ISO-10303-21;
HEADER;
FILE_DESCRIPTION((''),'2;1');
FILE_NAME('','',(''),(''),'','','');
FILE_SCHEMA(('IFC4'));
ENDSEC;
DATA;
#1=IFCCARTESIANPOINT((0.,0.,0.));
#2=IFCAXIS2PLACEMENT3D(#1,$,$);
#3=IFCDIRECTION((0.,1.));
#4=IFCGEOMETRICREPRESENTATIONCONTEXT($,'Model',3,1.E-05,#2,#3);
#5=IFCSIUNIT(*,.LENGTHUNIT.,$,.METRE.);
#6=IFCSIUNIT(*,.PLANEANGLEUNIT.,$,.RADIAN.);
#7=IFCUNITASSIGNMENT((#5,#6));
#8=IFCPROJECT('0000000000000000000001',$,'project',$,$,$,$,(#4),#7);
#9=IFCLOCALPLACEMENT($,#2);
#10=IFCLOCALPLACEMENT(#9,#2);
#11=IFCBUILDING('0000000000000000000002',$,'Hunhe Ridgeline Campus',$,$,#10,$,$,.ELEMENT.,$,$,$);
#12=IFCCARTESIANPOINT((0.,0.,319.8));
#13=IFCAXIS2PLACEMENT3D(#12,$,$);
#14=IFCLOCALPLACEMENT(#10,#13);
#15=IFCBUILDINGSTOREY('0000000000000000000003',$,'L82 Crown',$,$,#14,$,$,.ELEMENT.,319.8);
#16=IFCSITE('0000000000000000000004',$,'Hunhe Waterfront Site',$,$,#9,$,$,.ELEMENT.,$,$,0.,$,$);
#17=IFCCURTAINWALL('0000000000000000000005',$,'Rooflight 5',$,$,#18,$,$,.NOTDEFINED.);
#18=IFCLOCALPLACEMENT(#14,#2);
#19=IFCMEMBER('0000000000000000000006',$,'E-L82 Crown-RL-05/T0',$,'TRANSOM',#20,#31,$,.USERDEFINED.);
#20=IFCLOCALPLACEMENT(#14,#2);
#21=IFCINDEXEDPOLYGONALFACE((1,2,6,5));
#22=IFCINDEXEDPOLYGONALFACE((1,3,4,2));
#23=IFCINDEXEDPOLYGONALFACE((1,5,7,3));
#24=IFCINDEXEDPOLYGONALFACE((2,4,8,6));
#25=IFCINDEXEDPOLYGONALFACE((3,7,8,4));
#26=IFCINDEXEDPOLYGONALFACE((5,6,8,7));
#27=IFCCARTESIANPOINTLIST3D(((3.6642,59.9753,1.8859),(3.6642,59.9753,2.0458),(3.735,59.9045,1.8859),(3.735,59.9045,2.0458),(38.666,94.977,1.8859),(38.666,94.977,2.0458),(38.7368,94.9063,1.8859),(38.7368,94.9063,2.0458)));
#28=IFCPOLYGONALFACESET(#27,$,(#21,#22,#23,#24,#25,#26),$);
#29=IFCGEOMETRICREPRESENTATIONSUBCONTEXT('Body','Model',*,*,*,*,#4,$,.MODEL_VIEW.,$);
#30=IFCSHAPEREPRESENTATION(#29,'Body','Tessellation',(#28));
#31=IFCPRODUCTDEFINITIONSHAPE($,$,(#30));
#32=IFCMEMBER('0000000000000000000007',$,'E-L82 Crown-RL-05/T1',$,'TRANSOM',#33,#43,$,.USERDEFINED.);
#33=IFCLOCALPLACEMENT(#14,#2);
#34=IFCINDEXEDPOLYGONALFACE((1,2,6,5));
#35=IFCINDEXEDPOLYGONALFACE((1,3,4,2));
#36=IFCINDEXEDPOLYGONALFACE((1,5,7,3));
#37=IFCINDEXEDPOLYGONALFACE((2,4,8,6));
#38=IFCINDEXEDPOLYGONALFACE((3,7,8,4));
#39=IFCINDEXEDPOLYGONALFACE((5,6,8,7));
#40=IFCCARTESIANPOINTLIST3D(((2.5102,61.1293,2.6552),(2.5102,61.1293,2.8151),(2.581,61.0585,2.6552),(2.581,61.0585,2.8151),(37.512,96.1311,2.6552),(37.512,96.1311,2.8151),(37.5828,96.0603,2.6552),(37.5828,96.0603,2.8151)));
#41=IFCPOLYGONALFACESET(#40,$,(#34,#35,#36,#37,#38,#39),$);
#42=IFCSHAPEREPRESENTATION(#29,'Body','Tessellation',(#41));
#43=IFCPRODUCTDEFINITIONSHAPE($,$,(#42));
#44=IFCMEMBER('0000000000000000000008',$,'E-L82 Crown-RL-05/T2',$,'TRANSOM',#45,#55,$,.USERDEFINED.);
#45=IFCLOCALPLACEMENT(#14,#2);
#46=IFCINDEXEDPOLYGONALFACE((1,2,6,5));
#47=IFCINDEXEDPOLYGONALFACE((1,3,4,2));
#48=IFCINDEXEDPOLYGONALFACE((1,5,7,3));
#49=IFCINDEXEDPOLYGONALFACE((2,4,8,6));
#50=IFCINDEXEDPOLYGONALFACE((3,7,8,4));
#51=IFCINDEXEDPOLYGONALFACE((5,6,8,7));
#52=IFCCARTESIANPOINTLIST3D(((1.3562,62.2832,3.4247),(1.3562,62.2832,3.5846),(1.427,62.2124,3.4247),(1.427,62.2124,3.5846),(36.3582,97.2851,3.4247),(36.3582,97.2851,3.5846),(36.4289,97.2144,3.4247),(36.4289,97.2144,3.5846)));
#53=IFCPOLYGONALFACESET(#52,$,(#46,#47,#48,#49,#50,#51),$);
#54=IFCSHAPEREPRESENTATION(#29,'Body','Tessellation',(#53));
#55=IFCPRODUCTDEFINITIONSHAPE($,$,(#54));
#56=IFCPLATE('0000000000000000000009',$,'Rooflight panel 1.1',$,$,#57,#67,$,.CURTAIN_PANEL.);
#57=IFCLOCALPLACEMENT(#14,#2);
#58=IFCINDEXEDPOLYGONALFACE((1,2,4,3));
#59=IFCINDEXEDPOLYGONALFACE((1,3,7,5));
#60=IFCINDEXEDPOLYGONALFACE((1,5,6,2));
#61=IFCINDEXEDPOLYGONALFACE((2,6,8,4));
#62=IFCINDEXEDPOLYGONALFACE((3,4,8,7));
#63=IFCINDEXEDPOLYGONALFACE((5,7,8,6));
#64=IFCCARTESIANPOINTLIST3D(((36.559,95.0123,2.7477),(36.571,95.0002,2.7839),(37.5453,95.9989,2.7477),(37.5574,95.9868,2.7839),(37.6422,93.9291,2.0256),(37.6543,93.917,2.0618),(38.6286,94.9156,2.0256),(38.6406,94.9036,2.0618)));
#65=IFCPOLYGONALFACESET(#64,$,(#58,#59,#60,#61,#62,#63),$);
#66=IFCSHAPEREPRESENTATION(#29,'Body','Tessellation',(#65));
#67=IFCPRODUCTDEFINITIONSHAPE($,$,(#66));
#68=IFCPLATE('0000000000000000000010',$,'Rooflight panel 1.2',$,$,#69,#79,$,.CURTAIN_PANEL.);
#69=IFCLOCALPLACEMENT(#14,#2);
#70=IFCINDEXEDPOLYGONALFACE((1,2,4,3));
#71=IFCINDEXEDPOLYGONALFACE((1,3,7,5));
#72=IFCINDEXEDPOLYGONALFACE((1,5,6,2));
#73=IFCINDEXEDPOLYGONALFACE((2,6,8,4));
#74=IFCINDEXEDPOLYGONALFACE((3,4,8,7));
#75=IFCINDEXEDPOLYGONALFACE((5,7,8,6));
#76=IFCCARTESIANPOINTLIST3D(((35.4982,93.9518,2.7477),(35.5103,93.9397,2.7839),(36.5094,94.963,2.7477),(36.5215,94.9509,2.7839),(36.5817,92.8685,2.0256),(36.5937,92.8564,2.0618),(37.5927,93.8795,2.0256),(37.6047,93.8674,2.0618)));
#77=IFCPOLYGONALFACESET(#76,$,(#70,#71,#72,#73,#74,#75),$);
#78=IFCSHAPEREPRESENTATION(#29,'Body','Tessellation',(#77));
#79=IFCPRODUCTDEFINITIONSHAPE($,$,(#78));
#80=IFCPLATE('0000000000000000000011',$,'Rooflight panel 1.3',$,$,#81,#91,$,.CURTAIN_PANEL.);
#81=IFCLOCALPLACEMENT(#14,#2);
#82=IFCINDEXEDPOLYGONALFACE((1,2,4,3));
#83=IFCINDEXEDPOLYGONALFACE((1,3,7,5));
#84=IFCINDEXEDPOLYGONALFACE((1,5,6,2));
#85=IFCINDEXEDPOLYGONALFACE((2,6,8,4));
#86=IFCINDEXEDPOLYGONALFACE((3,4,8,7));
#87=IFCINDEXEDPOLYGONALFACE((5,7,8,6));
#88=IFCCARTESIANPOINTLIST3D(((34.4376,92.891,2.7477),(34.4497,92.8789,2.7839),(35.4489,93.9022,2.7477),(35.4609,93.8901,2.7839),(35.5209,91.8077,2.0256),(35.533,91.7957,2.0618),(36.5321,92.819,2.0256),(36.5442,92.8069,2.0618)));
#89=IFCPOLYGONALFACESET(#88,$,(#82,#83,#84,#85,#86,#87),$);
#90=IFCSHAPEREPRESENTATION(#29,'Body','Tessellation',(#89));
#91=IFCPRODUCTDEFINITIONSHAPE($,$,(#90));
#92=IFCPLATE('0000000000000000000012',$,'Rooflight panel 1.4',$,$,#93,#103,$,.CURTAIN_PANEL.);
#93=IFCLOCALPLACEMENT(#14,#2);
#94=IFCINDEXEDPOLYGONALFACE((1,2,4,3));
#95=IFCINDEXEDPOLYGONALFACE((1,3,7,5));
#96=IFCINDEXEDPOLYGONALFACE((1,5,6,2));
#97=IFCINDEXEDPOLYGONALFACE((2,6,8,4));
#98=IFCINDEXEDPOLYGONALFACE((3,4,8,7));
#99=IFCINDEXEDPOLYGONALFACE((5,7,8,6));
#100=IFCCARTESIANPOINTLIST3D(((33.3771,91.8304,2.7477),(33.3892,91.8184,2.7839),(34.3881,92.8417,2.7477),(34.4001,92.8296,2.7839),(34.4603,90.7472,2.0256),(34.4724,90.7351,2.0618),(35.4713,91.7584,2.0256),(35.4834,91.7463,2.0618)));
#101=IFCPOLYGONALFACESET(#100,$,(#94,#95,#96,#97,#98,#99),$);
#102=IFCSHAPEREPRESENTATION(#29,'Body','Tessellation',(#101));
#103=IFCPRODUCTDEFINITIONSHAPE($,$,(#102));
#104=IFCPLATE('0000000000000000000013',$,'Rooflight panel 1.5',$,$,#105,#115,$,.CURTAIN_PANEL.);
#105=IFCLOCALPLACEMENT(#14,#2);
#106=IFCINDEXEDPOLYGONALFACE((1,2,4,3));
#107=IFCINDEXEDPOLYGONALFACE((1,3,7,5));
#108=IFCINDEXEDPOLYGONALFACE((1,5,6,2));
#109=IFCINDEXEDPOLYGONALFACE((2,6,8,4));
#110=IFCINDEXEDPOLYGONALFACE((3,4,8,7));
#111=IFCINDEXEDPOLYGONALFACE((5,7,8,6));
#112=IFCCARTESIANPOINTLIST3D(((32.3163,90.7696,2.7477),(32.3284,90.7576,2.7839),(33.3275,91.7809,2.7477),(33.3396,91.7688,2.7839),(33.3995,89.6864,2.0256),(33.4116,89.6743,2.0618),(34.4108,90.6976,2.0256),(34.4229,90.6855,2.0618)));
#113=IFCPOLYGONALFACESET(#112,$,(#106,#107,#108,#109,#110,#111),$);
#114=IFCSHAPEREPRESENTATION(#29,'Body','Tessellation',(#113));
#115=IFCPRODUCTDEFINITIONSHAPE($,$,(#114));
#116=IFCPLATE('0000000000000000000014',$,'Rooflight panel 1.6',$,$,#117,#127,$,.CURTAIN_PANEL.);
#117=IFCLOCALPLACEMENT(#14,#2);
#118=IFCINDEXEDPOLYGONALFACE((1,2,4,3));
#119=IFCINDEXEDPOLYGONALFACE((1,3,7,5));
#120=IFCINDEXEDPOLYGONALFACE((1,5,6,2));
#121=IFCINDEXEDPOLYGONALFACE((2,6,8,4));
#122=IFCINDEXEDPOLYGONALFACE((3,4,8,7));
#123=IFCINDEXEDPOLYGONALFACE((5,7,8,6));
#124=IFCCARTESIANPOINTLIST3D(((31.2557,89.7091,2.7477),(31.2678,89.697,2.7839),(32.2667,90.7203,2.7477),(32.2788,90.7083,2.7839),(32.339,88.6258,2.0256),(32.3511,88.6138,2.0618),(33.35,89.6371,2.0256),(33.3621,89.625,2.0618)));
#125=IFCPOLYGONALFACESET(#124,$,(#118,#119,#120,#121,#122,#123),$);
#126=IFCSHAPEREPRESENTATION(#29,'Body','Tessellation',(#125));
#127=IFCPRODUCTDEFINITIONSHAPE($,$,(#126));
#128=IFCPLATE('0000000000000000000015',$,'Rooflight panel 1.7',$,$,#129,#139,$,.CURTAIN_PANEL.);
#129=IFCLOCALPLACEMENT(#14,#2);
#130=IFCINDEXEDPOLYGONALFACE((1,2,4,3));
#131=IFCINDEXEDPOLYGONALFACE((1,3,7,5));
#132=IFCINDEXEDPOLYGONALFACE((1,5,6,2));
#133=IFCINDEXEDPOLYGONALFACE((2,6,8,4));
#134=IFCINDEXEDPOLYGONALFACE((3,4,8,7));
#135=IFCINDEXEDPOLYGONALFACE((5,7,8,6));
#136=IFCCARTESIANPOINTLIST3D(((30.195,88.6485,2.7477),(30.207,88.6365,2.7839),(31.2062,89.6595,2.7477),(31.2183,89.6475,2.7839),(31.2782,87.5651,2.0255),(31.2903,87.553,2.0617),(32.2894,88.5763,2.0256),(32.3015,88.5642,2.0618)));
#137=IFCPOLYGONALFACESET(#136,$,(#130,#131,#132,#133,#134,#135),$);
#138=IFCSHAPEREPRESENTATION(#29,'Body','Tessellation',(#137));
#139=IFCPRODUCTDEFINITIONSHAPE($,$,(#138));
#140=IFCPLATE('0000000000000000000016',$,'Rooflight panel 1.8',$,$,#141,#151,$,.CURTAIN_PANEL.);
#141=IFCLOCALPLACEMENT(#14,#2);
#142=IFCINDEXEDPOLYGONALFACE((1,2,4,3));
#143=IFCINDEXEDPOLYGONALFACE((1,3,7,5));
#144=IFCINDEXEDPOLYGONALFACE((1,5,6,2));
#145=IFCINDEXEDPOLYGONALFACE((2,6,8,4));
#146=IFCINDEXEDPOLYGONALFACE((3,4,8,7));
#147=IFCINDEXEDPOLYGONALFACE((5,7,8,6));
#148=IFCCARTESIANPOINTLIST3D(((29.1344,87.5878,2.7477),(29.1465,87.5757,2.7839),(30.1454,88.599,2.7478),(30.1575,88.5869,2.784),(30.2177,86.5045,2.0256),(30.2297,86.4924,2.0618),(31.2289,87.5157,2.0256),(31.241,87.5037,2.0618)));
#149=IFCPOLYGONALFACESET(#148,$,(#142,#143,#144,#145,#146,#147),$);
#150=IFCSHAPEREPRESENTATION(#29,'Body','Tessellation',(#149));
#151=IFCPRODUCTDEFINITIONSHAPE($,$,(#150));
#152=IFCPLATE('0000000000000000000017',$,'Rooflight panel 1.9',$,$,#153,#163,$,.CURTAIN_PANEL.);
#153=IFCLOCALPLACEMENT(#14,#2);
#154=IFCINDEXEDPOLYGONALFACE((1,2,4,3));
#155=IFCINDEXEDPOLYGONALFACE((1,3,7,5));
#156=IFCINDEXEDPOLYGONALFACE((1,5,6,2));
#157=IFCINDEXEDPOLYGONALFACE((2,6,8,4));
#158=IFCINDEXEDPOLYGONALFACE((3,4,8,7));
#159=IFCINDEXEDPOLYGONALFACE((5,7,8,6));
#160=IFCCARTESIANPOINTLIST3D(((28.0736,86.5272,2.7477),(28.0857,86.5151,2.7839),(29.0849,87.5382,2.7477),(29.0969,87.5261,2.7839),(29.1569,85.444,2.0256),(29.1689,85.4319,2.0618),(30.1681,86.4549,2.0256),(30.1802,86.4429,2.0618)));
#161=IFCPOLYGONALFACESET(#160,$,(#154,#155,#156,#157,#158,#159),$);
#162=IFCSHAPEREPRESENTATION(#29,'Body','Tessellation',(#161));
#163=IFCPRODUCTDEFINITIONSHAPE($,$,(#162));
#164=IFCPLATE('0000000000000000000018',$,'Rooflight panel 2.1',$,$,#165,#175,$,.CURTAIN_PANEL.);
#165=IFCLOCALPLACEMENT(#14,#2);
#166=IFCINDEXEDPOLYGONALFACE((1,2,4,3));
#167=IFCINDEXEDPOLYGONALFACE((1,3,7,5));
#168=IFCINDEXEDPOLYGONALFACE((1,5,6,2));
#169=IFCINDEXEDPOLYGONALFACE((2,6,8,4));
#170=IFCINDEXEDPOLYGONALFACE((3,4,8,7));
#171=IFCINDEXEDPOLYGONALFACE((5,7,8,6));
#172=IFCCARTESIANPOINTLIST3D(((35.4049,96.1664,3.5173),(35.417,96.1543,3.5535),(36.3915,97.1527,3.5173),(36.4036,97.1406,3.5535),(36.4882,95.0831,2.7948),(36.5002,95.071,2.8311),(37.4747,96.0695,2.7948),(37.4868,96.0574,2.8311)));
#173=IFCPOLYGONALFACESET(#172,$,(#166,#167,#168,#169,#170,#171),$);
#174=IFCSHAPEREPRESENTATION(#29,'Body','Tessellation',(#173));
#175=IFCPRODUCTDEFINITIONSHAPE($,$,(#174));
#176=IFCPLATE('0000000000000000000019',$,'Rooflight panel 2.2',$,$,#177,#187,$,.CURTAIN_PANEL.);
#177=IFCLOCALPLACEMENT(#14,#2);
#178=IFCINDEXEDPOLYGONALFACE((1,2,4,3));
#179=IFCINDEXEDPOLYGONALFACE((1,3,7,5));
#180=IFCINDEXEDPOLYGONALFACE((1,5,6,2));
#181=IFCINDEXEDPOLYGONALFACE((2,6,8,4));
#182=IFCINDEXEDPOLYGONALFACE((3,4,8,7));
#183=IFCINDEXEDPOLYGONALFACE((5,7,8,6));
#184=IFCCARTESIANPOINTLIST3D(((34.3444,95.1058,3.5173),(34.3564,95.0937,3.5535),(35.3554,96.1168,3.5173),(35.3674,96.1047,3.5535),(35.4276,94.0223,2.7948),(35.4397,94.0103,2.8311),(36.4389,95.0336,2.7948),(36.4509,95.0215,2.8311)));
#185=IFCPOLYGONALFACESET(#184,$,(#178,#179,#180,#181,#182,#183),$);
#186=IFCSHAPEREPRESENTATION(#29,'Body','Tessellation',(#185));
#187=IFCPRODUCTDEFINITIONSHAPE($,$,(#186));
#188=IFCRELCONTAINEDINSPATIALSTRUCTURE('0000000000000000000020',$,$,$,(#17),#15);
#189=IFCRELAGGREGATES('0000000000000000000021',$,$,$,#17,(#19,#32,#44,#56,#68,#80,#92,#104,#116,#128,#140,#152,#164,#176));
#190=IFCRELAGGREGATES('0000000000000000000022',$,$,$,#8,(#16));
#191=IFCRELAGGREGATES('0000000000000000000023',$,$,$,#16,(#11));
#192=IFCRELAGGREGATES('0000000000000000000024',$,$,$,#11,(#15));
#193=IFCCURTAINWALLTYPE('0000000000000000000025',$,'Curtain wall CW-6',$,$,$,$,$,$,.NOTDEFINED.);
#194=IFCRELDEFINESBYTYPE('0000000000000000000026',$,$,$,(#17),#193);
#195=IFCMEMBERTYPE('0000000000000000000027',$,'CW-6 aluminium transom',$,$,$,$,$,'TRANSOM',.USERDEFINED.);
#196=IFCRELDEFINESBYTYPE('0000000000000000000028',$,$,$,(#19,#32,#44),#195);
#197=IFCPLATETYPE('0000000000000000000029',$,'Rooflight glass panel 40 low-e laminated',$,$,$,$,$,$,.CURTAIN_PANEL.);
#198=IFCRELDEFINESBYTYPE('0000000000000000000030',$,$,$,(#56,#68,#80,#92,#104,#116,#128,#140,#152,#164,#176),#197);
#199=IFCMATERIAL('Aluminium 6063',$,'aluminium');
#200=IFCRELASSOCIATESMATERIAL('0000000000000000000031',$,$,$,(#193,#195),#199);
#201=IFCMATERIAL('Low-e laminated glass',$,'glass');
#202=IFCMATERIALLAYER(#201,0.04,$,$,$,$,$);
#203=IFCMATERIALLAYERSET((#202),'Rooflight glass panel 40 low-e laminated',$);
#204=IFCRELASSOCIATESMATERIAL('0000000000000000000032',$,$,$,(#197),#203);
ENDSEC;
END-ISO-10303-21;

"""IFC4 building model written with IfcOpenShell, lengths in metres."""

from ifc_helpers import new_model, si_unit, direction, frame, origin, origin_2d, place, context, subcontext, project, spatial, polyline, rectangle, outline, extrude, material, layer, layer_set, material_profile, profile_set, type_object, element, aggregate, save


model = new_model("IFC4")

# Units and contexts
model_context = context("Model", 3, precision=1e-05, world=origin(), true_north=direction((0.0, 1.0)))
body_context = subcontext(model_context, "Body", "Model", "MODEL_VIEW")
ifc_project = project(units=[si_unit("LENGTHUNIT", "METRE"), si_unit("PLANEANGLEUNIT", "RADIAN")], contexts=[model_context])

# Site, building, storey
site_placement = place(None, origin())
site = spatial("IfcSite", under=ifc_project, at=site_placement, Name="Hunhe Waterfront Site", CompositionType="ELEMENT", RefElevation=0.0)
building_placement = place(site_placement, origin())
building = spatial("IfcBuilding", under=site, at=building_placement, Name="Hunhe Ridgeline Campus", CompositionType="ELEMENT")
storey_placement = place(building_placement, frame((0.0, 0.0, 319.8)))
storey = spatial("IfcBuildingStorey", under=building, at=storey_placement, Name="L82 Crown", CompositionType="ELEMENT", Elevation=319.8)

# Curtain wall, members, plates
ifc_material_1 = material(Name="Aluminium 6063", Category="aluminium")
curtain_wall_type = type_object("IfcCurtainWallType", Name="Curtain wall CW-6", PredefinedType="NOTDEFINED", material=ifc_material_1)
curtain_wall_placement = place(storey_placement, origin())
curtain_wall = element("IfcCurtainWall", 1, at=curtain_wall_placement, inside=storey, type_object=curtain_wall_type, Name="Rooflight 5", PredefinedType="NOTDEFINED")
ifc_material_profile_1 = material_profile(ifc_material_1, rectangle(XDim=0.1001, YDim=0.1599, at=origin_2d()))
ifc_profile_set_1 = profile_set([ifc_material_profile_1], Name="Aluminium 6063")
member_type_1 = type_object("IfcMemberType", Name="CW-6 aluminium transom", ElementType="TRANSOM", PredefinedType="USERDEFINED", material=ifc_profile_set_1)
member_1_placement = place(storey_placement, frame((38.7014, 94.9417, 1.9658), z_axis=(-0.707107, -0.707107, 0.0), x_axis=(0.707107, -0.707107, 0.0)))
member_1 = element("IfcMember", 2, at=member_1_placement, type_object=member_type_1, Name="E-L82 Crown-RL-05/T0", ObjectType="TRANSOM", PredefinedType="USERDEFINED", context=body_context, shape_type="SweptSolid", body=[
    extrude(rectangle(XDim=0.1001, YDim=0.1599, at=origin_2d()), origin(), (0.0, 0.0, 1.0), 49.5),
])
member_2_placement = place(storey_placement, frame((37.5474, 96.0957, 2.7351), z_axis=(-0.707107, -0.707107, 0.0), x_axis=(0.707107, -0.707107, 0.0)))
member_2 = element("IfcMember", 3, at=member_2_placement, type_object=member_type_1, Name="E-L82 Crown-RL-05/T1", ObjectType="TRANSOM", PredefinedType="USERDEFINED", context=body_context, shape_type="SweptSolid", body=[
    extrude(rectangle(XDim=0.1001, YDim=0.1599, at=origin_2d()), origin(), (0.0, 0.0, 1.0), 49.5),
])
member_3_placement = place(storey_placement, frame((36.3936, 97.2498, 3.5046), z_axis=(-0.707107, -0.707107, 0.0), x_axis=(0.707107, -0.707107, 0.0)))
member_3 = element("IfcMember", 4, at=member_3_placement, type_object=member_type_1, Name="E-L82 Crown-RL-05/T2", ObjectType="TRANSOM", PredefinedType="USERDEFINED", context=body_context, shape_type="SweptSolid", body=[
    extrude(rectangle(XDim=0.1001, YDim=0.1599, at=origin_2d()), origin(), (0.0, 0.0, 1.0), 49.5002),
])
ifc_material_2 = material(Name="Low-e laminated glass", Category="glass")
ifc_layer_1 = layer(ifc_material_2, 0.04)
ifc_layer_set_1 = layer_set([ifc_layer_1], Name="Rooflight glass panel 40 low-e laminated")
plate_type = type_object("IfcPlateType", Name="Rooflight glass panel 40 low-e laminated", PredefinedType="CURTAIN_PANEL", material=ifc_layer_set_1)
plate_1_placement = place(storey_placement, frame((38.6406, 94.9036, 2.0618), z_axis=(0.301549, -0.301474, 0.904534), x_axis=(-0.639602, 0.639602, 0.426401)))
plate_1 = element("IfcPlate", 5, at=plate_1_placement, type_object=plate_type, Name="Rooflight panel 1.1", PredefinedType="CURTAIN_PANEL", context=body_context, shape_type="SweptSolid", body=[
    extrude(outline(polyline([(0.0, 0.0), (1.6936, 0.0), (1.6935, 1.3951), (-0.0002, 1.3951), (0.0, 0.0)])), origin(), (0.0, 0.0, -1.0), 0.04),
])
plate_2_placement = place(storey_placement, frame((37.6047, 93.8674, 2.0618), z_axis=(0.301484, -0.301484, 0.904553), x_axis=(-0.639543, 0.639687, 0.426362)))
plate_2 = element("IfcPlate", 6, at=plate_2_placement, type_object=plate_type, Name="Rooflight panel 1.2", PredefinedType="CURTAIN_PANEL", context=body_context, shape_type="SweptSolid", body=[
    extrude(outline(polyline([(0.0, 0.0), (1.6938, 0.0), (1.6936, 1.4301), (-0.0001, 1.4298), (0.0, 0.0)])), origin(), (0.0, 0.0, -1.0), 0.04),
])
plate_3_placement = place(storey_placement, frame((36.5442, 92.8069, 2.0618), z_axis=(0.301511, -0.301511, 0.904534), x_axis=(-0.639602, 0.639602, 0.426401)))
plate_3 = element("IfcPlate", 7, at=plate_3_placement, type_object=plate_type, Name="Rooflight panel 1.3", PredefinedType="CURTAIN_PANEL", context=body_context, shape_type="SweptSolid", body=[
    extrude(outline(polyline([(0.0, 0.0), (1.6936, 0.0), (1.6936, 1.4301), (0.0, 1.4301), (0.0, 0.0)])), origin(), (0.0, 0.0, -1.0), 0.04),
])
plate_4_placement = place(storey_placement, frame((35.4834, 91.7463, 2.0618), z_axis=(0.301548, -0.301475, 0.904534), x_axis=(-0.639602, 0.639602, 0.426401)))
plate_4 = element("IfcPlate", 8, at=plate_4_placement, type_object=plate_type, Name="Rooflight panel 1.4", PredefinedType="CURTAIN_PANEL", context=body_context, shape_type="SweptSolid", body=[
    extrude(outline(polyline([(0.0, 0.0), (1.6936, 0.0), (1.6935, 1.4299), (-0.0002, 1.4299), (0.0, 0.0)])), origin(), (0.0, 0.0, -1.0), 0.04),
])
plate_5_placement = place(storey_placement, frame((34.4229, 90.6855, 2.0618), z_axis=(0.301511, -0.301511, 0.904534), x_axis=(-0.639602, 0.639602, 0.426401)))
plate_5 = element("IfcPlate", 9, at=plate_5_placement, type_object=plate_type, Name="Rooflight panel 1.5", PredefinedType="CURTAIN_PANEL", context=body_context, shape_type="SweptSolid", body=[
    extrude(outline(polyline([(0.0, 0.0), (1.6936, 0.0), (1.6936, 1.4301), (0.0, 1.4301), (0.0, 0.0)])), origin(), (0.0, 0.0, -1.0), 0.04),
])
plate_6_placement = place(storey_placement, frame((33.3621, 89.625, 2.0618), z_axis=(0.301548, -0.301475, 0.904534), x_axis=(-0.639602, 0.639602, 0.426401)))
plate_6 = element("IfcPlate", 10, at=plate_6_placement, type_object=plate_type, Name="Rooflight panel 1.6", PredefinedType="CURTAIN_PANEL", context=body_context, shape_type="SweptSolid", body=[
    extrude(outline(polyline([(0.0, 0.0), (1.6936, 0.0), (1.6935, 1.4299), (-0.0002, 1.4299), (0.0, 0.0)])), origin(), (0.0, 0.0, -1.0), 0.04),
])
plate_7_placement = place(storey_placement, frame((32.3015, 88.5642, 2.0618), z_axis=(0.301479, -0.301516, 0.904543), x_axis=(-0.639609, 0.639609, 0.426382)))
plate_7 = element("IfcPlate", 11, at=plate_7_placement, type_object=plate_type, Name="Rooflight panel 1.7", PredefinedType="CURTAIN_PANEL", context=body_context, shape_type="SweptSolid", body=[
    extrude(outline(polyline([(0.0, 0.0), (1.6936, 0.0), (1.6938, 1.4299), (0.0, 1.4301), (0.0, 0.0)])), origin(), (0.0, 0.0, -1.0), 0.04),
])
plate_8_placement = place(storey_placement, frame((31.241, 87.5037, 2.0618), z_axis=(0.301516, -0.301479, 0.904543), x_axis=(-0.639681, 0.639537, 0.426382)))
plate_8 = element("IfcPlate", 12, at=plate_8_placement, type_object=plate_type, Name="Rooflight panel 1.8", PredefinedType="CURTAIN_PANEL", context=body_context, shape_type="SweptSolid", body=[
    extrude(outline(polyline([(0.0, 0.0), (1.6938, 0.0), (1.6938, 1.4299), (0.0001, 1.4301), (0.0, 0.0)])), origin(), (0.0, 0.0, -1.0), 0.04),
])
plate_9_placement = place(storey_placement, frame((30.1802, 86.4429, 2.0618), z_axis=(0.301475, -0.301548, 0.904534), x_axis=(-0.639602, 0.639602, 0.426401)))
plate_9 = element("IfcPlate", 13, at=plate_9_placement, type_object=plate_type, Name="Rooflight panel 1.9", PredefinedType="CURTAIN_PANEL", context=body_context, shape_type="SweptSolid", body=[
    extrude(outline(polyline([(0.0, 0.0), (1.6936, 0.0), (1.6938, 1.4299), (0.0002, 1.4299), (0.0, 0.0)])), origin(), (0.0, 0.0, -1.0), 0.04),
])
plate_10_placement = place(storey_placement, frame((37.4868, 96.0574, 2.8311), z_axis=(0.301557, -0.301632, 0.904478), x_axis=(-0.639563, 0.639563, 0.426519)))
plate_10 = element("IfcPlate", 14, at=plate_10_placement, type_object=plate_type, Name="Rooflight panel 2.1", PredefinedType="CURTAIN_PANEL", context=body_context, shape_type="SweptSolid", body=[
    extrude(outline(polyline([(0.0, 0.0), (1.6937, 0.0), (1.6939, 1.3951), (0.0002, 1.3951), (0.0, 0.0)])), origin(), (0.0, 0.0, -1.0), 0.04),
])
plate_11_placement = place(storey_placement, frame((36.4509, 95.0215, 2.8311), z_axis=(0.301567, -0.301567, 0.904497), x_axis=(-0.639648, 0.639504, 0.42648)))
plate_11 = element("IfcPlate", 15, at=plate_11_placement, type_object=plate_type, Name="Rooflight panel 2.2", PredefinedType="CURTAIN_PANEL", context=body_context, shape_type="SweptSolid", body=[
    extrude(outline(polyline([(0.0, 0.0), (1.6939, 0.0), (1.694, 1.4298), (0.0001, 1.4301), (0.0, 0.0)])), origin(), (0.0, 0.0, -1.0), 0.04),
])
aggregate(curtain_wall, [member_1, member_2, member_3, plate_1, plate_2, plate_3, plate_4, plate_5, plate_6, plate_7, plate_8, plate_9, plate_10, plate_11])

save(model, "model.ifc")
